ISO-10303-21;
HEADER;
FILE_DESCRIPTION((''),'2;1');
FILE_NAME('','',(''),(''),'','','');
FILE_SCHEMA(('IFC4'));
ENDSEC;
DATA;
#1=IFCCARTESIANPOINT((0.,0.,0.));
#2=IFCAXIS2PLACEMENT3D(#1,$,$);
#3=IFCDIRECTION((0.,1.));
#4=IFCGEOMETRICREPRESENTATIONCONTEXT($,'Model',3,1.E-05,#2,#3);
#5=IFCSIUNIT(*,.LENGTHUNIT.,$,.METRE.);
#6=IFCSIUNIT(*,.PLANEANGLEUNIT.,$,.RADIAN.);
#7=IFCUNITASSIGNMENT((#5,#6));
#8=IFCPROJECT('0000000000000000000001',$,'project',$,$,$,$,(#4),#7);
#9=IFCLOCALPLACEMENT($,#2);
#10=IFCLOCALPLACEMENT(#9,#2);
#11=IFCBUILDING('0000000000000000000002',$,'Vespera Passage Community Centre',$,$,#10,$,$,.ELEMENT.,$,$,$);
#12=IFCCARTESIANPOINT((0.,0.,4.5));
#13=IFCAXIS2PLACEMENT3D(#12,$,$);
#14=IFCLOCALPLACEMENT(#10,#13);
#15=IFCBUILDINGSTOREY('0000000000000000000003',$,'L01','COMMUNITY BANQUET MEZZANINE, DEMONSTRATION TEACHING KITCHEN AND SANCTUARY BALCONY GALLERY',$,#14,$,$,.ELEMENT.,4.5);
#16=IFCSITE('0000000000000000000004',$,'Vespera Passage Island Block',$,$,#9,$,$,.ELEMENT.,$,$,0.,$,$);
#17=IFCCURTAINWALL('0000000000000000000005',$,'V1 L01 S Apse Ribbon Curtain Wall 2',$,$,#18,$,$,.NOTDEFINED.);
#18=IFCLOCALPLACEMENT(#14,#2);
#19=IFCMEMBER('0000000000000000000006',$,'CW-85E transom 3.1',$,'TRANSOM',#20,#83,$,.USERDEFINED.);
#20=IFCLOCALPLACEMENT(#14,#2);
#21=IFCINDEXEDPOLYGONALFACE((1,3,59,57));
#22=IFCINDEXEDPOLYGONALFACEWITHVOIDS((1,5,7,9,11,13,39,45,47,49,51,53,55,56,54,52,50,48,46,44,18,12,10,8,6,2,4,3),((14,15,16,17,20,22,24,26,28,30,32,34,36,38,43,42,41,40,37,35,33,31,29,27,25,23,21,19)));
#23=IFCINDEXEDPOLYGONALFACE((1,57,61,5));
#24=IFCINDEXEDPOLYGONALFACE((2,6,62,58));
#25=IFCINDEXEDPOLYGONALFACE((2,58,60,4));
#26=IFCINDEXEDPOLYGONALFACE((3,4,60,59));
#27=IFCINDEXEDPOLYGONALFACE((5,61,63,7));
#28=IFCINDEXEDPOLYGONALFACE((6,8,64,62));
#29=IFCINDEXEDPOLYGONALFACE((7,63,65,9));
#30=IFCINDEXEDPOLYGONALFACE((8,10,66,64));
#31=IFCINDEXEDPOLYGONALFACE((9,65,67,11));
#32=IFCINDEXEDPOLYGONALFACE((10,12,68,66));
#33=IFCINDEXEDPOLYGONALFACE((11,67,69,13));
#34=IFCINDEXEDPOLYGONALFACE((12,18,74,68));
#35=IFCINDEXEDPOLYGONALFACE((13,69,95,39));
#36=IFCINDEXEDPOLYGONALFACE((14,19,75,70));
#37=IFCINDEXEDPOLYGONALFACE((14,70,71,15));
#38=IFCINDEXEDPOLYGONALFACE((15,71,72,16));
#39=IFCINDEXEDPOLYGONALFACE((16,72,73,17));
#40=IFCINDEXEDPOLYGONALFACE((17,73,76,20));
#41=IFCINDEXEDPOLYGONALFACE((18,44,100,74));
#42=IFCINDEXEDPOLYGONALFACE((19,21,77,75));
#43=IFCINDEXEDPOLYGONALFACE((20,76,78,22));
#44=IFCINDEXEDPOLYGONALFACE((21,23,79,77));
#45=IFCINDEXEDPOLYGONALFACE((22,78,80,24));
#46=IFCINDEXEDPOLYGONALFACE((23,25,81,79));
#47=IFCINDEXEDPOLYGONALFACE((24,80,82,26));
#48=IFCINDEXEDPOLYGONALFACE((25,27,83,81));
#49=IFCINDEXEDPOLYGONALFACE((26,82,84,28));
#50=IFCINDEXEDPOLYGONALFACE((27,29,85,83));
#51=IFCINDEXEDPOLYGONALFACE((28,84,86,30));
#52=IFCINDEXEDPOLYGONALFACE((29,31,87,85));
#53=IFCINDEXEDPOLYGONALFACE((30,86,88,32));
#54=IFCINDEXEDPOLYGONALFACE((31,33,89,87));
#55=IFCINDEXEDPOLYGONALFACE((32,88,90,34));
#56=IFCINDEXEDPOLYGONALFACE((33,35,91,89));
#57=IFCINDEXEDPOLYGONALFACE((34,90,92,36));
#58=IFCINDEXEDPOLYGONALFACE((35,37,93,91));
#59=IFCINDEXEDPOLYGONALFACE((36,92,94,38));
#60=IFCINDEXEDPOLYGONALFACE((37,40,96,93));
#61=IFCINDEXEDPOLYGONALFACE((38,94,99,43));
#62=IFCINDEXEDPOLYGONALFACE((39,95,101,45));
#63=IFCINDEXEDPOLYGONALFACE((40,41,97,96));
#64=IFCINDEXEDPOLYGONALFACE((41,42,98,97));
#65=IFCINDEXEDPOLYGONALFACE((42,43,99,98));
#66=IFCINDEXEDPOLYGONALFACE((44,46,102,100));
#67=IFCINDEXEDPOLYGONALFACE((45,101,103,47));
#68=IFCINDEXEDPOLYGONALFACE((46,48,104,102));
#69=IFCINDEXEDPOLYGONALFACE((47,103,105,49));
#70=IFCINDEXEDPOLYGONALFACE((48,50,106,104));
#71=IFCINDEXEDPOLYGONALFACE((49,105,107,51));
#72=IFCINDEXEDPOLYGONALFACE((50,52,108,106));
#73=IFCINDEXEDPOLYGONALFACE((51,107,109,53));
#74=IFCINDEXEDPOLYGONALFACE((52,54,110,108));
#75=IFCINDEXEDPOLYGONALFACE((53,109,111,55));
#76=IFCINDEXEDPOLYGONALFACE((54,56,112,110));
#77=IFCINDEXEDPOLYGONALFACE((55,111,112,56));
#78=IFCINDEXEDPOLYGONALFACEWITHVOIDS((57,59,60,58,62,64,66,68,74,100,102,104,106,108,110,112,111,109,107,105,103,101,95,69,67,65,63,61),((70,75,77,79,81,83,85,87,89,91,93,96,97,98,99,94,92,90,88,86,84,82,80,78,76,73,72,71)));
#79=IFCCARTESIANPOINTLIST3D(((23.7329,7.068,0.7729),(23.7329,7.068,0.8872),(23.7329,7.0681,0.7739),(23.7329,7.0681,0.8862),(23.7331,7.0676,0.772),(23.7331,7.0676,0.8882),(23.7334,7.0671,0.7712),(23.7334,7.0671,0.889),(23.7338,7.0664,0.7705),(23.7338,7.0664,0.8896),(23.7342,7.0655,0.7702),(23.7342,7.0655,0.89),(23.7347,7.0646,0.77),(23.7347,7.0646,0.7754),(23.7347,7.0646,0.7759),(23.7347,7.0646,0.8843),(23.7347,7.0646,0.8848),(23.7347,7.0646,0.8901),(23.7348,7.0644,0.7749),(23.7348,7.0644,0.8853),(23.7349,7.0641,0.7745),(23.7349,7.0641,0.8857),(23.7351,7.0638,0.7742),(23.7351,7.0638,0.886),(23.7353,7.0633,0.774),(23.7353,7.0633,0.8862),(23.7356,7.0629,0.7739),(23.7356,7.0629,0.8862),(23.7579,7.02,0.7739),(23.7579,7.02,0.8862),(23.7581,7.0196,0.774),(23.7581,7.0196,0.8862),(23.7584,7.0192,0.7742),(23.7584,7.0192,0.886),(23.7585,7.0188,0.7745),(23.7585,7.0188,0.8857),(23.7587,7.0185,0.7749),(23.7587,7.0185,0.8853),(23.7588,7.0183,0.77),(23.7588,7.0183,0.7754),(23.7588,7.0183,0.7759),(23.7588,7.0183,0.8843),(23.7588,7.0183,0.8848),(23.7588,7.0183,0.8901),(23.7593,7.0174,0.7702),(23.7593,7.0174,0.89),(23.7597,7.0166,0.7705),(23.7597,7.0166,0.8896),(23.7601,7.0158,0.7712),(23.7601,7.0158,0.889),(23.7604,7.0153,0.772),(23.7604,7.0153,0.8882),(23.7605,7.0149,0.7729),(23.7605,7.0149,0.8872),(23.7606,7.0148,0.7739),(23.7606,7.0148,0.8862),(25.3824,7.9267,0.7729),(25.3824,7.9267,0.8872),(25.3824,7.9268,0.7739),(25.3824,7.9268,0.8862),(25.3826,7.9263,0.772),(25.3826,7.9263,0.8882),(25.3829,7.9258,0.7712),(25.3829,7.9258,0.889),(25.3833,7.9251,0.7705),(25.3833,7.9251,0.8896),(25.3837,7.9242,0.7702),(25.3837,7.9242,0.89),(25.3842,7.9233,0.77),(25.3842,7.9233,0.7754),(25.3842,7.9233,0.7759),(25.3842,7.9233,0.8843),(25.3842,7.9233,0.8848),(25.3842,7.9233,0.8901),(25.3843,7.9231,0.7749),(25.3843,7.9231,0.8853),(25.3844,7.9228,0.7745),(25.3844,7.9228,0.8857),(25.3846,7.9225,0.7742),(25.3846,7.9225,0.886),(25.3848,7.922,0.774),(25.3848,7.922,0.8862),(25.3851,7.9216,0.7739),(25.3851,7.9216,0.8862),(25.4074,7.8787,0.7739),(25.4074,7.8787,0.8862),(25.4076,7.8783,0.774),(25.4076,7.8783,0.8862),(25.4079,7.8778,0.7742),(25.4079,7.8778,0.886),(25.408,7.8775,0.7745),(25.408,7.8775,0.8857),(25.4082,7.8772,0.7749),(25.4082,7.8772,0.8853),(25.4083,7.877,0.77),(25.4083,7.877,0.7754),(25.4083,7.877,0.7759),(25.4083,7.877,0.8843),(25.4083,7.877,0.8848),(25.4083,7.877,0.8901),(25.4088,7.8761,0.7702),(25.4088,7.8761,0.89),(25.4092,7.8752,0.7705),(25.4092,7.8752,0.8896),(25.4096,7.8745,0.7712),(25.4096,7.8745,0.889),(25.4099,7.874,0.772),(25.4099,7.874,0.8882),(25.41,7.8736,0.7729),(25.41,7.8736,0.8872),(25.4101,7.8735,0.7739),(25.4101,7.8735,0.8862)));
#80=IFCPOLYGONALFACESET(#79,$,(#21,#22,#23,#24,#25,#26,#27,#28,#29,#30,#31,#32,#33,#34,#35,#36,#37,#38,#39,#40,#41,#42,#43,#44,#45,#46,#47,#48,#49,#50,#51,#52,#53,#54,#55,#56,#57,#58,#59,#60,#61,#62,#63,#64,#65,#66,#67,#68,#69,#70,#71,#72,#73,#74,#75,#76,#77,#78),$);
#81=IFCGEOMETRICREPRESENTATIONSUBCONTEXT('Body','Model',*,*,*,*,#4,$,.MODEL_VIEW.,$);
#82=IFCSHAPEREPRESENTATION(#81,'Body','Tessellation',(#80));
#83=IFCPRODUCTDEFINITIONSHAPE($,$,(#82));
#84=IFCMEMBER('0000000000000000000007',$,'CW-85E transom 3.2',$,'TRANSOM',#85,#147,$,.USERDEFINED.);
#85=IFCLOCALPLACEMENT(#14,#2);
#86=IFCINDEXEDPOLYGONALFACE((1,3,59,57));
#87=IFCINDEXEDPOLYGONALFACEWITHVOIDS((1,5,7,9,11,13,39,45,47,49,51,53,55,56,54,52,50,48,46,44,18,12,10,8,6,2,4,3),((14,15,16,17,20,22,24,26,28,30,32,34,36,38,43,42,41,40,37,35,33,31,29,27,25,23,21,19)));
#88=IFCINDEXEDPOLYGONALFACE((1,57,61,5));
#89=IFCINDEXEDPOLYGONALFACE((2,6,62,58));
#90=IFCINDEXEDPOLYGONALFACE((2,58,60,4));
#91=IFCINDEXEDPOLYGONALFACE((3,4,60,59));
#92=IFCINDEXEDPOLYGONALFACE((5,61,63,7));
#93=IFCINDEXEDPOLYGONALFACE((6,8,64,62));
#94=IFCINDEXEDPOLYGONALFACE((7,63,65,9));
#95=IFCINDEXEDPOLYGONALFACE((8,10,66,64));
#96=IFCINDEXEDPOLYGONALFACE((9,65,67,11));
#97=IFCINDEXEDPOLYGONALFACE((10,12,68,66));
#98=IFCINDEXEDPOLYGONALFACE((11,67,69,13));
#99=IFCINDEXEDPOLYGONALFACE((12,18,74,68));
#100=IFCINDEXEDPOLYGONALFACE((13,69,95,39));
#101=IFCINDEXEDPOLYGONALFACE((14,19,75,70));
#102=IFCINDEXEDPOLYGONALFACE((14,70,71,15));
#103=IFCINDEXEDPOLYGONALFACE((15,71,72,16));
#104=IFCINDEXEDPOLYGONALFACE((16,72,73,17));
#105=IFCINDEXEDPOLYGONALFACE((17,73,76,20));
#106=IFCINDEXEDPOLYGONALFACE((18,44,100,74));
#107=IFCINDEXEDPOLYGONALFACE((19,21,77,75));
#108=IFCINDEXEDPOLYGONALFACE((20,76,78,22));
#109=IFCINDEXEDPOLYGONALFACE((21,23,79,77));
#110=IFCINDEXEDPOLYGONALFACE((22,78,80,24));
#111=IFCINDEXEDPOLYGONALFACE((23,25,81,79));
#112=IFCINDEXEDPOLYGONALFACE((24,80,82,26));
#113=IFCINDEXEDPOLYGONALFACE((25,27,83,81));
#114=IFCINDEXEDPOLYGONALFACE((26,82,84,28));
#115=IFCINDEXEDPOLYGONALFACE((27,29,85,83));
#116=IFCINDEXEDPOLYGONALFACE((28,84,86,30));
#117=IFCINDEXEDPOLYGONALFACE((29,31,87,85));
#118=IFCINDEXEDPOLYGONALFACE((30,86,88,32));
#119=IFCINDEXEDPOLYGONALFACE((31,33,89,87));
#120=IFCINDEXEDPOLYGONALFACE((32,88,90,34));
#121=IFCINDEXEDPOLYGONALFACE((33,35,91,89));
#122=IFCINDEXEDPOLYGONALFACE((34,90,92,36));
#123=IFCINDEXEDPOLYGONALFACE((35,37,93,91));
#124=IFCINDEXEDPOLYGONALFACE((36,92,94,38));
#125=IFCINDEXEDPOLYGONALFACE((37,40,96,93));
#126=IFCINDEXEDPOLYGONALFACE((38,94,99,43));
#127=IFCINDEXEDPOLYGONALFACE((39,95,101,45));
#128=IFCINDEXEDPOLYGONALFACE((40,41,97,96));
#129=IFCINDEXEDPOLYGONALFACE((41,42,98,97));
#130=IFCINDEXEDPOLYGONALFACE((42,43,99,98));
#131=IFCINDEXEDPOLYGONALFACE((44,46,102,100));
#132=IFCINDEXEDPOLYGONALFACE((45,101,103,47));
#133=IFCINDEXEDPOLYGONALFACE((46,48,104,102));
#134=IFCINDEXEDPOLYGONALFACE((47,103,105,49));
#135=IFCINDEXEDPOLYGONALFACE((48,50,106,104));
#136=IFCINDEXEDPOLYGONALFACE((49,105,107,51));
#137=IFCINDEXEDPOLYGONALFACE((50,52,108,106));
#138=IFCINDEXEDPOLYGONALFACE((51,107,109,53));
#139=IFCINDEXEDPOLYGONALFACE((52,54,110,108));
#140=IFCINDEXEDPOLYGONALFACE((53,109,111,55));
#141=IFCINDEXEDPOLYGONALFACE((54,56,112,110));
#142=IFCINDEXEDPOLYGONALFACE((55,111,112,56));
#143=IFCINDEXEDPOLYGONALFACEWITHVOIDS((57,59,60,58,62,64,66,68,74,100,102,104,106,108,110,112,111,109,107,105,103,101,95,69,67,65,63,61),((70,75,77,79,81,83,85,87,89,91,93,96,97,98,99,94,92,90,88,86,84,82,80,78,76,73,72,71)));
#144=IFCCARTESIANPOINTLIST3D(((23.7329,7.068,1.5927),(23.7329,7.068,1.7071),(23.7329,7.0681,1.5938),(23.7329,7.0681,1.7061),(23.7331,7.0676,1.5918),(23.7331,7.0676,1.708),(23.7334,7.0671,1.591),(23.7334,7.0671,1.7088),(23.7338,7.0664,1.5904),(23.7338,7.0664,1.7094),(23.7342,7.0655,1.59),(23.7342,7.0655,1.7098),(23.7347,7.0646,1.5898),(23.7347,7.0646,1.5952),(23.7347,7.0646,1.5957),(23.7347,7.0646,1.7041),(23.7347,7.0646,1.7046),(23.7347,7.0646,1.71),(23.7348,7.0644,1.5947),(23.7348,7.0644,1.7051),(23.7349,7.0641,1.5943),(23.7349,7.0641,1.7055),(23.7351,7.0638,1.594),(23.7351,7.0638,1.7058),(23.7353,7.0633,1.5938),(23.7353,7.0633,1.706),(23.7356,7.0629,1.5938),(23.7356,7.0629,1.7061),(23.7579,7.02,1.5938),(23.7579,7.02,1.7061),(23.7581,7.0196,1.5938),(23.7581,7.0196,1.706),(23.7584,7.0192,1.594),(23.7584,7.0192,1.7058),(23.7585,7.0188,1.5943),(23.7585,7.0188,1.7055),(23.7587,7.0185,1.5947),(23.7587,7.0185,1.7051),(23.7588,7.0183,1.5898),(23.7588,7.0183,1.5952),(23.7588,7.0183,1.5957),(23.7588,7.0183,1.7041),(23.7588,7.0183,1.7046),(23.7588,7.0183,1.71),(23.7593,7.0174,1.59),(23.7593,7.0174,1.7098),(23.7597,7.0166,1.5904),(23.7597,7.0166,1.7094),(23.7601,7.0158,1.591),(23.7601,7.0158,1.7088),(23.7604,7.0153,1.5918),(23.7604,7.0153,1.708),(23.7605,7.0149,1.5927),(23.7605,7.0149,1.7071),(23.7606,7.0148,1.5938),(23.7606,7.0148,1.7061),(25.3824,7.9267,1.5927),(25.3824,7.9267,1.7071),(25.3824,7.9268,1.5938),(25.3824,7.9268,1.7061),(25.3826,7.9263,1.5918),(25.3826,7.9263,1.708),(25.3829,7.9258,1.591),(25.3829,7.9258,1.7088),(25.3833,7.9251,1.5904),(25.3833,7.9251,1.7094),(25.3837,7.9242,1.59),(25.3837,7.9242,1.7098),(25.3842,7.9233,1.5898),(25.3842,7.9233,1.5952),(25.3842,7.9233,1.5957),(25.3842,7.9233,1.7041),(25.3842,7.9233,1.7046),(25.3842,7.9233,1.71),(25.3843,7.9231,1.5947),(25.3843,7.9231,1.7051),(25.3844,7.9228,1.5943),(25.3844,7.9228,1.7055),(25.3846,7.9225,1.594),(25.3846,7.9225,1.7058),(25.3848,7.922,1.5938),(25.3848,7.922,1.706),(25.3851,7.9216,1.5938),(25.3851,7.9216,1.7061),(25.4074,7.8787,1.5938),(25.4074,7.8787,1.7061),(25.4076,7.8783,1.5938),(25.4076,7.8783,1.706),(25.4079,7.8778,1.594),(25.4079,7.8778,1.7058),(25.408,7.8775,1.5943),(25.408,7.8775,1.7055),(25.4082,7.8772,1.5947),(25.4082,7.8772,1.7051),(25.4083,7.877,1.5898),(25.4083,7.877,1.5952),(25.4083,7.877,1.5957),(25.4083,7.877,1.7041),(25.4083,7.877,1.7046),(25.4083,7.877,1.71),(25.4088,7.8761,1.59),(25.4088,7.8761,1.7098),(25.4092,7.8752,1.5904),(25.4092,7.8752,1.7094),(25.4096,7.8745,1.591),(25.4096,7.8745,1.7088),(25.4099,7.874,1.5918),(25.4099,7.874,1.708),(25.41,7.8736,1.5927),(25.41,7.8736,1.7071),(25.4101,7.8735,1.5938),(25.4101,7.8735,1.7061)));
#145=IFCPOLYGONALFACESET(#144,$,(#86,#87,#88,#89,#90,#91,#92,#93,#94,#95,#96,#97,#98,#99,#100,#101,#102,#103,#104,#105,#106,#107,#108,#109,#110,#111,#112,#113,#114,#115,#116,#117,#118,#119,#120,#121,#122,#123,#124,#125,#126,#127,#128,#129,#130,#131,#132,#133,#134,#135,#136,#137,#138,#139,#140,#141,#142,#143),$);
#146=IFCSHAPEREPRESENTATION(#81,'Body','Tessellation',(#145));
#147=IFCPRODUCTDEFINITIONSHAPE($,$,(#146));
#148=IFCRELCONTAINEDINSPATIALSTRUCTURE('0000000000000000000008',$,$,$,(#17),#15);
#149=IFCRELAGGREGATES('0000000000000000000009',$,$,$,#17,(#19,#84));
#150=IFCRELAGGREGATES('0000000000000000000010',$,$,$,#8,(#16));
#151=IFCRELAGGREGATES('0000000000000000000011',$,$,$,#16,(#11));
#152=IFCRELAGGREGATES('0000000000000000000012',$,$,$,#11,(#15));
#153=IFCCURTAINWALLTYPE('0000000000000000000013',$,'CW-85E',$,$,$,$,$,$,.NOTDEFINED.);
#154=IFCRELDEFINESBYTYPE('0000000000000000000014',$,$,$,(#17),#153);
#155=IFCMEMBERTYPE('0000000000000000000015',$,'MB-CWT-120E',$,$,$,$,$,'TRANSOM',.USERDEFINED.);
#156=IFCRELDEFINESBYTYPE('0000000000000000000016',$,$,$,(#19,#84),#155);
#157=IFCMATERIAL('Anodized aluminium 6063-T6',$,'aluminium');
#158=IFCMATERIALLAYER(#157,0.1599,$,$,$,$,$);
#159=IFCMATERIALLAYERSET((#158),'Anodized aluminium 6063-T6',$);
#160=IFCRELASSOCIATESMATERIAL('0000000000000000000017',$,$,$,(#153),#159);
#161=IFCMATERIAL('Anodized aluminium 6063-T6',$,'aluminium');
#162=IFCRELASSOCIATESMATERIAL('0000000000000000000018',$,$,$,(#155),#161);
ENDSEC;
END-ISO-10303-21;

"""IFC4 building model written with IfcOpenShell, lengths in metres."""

from ifc_helpers import new_model, si_unit, direction, frame, origin, origin_2d, place, context, subcontext, project, spatial, hollow_rectangle, extrude, material, layer, layer_set, material_profile, profile_set, type_object, element, aggregate, save


model = new_model("IFC4")

# Units and contexts
model_context = context("Model", 3, precision=1e-05, world=origin(), true_north=direction((0.0, 1.0)))
body_context = subcontext(model_context, "Body", "Model", "MODEL_VIEW")
ifc_project = project(units=[si_unit("LENGTHUNIT", "METRE"), si_unit("PLANEANGLEUNIT", "RADIAN")], contexts=[model_context])

# Site, building, storey
site_placement = place(None, origin())
site = spatial("IfcSite", under=ifc_project, at=site_placement, Name="Vespera Passage Island Block", CompositionType="ELEMENT", RefElevation=0.0)
building_placement = place(site_placement, origin())
building = spatial("IfcBuilding", under=site, at=building_placement, Name="Vespera Passage Community Centre", CompositionType="ELEMENT")
storey_placement = place(building_placement, frame((0.0, 0.0, 4.5)))
storey = spatial("IfcBuildingStorey", under=building, at=storey_placement, Name="L01", Description="COMMUNITY BANQUET MEZZANINE, DEMONSTRATION TEACHING KITCHEN AND SANCTUARY BALCONY GALLERY", CompositionType="ELEMENT", Elevation=4.5)

# Curtain wall, members
ifc_material_1 = material(Name="Anodized aluminium 6063-T6", Category="aluminium")
ifc_layer_1 = layer(ifc_material_1, 0.1599)
ifc_layer_set_1 = layer_set([ifc_layer_1], Name="Anodized aluminium 6063-T6")
curtain_wall_type = type_object("IfcCurtainWallType", Name="CW-85E", PredefinedType="NOTDEFINED", material=ifc_layer_set_1)
curtain_wall_placement = place(storey_placement, origin())
curtain_wall = element("IfcCurtainWall", 1, at=curtain_wall_placement, inside=storey, type_object=curtain_wall_type, Name="V1 L01 S Apse Ribbon Curtain Wall 2", PredefinedType="NOTDEFINED")
ifc_material_2 = material(Name="Anodized aluminium 6063-T6", Category="aluminium")
ifc_material_profile_1 = material_profile(ifc_material_2, hollow_rectangle(XDim=0.0601, YDim=0.1201, WallThickness=0.0039, InnerFilletRadius=0.002, OuterFilletRadius=0.0039, at=origin_2d()), Name="ALU120X60X4")
ifc_profile_set_1 = profile_set([ifc_material_profile_1], Name="Anodized aluminium 6063-T6")
member_type_1 = type_object("IfcMemberType", Name="MB-CWT-120E", ElementType="TRANSOM", PredefinedType="USERDEFINED", material=ifc_profile_set_1)
member_1_placement = place(storey_placement, frame((25.3962, 7.9001, 0.8301), z_axis=(-0.887008, -0.461754, 0.0), x_axis=(0.461754, -0.887008, 0.0)))
member_1 = element("IfcMember", 2, at=member_1_placement, type_object=member_type_1, Name="CW-85E transom 3.1", ObjectType="TRANSOM", PredefinedType="USERDEFINED", context=body_context, shape_type="SweptSolid", body=[
    extrude(hollow_rectangle(XDim=0.0601, YDim=0.1201, WallThickness=0.0039, InnerFilletRadius=0.002, OuterFilletRadius=0.0039, at=origin_2d()), origin(), (0.0, 0.0, 1.0), 1.8596),
])
member_2_placement = place(storey_placement, frame((25.3962, 7.9001, 1.6499), z_axis=(-0.887008, -0.461754, 0.0), x_axis=(0.461754, -0.887008, 0.0)))
member_2 = element("IfcMember", 3, at=member_2_placement, type_object=member_type_1, Name="CW-85E transom 3.2", ObjectType="TRANSOM", PredefinedType="USERDEFINED", context=body_context, shape_type="SweptSolid", body=[
    extrude(hollow_rectangle(XDim=0.0601, YDim=0.1201, WallThickness=0.0039, InnerFilletRadius=0.002, OuterFilletRadius=0.0039, at=origin_2d()), origin(), (0.0, 0.0, 1.0), 1.8596),
])
aggregate(curtain_wall, [member_1, member_2])

save(model, "model.ifc")
